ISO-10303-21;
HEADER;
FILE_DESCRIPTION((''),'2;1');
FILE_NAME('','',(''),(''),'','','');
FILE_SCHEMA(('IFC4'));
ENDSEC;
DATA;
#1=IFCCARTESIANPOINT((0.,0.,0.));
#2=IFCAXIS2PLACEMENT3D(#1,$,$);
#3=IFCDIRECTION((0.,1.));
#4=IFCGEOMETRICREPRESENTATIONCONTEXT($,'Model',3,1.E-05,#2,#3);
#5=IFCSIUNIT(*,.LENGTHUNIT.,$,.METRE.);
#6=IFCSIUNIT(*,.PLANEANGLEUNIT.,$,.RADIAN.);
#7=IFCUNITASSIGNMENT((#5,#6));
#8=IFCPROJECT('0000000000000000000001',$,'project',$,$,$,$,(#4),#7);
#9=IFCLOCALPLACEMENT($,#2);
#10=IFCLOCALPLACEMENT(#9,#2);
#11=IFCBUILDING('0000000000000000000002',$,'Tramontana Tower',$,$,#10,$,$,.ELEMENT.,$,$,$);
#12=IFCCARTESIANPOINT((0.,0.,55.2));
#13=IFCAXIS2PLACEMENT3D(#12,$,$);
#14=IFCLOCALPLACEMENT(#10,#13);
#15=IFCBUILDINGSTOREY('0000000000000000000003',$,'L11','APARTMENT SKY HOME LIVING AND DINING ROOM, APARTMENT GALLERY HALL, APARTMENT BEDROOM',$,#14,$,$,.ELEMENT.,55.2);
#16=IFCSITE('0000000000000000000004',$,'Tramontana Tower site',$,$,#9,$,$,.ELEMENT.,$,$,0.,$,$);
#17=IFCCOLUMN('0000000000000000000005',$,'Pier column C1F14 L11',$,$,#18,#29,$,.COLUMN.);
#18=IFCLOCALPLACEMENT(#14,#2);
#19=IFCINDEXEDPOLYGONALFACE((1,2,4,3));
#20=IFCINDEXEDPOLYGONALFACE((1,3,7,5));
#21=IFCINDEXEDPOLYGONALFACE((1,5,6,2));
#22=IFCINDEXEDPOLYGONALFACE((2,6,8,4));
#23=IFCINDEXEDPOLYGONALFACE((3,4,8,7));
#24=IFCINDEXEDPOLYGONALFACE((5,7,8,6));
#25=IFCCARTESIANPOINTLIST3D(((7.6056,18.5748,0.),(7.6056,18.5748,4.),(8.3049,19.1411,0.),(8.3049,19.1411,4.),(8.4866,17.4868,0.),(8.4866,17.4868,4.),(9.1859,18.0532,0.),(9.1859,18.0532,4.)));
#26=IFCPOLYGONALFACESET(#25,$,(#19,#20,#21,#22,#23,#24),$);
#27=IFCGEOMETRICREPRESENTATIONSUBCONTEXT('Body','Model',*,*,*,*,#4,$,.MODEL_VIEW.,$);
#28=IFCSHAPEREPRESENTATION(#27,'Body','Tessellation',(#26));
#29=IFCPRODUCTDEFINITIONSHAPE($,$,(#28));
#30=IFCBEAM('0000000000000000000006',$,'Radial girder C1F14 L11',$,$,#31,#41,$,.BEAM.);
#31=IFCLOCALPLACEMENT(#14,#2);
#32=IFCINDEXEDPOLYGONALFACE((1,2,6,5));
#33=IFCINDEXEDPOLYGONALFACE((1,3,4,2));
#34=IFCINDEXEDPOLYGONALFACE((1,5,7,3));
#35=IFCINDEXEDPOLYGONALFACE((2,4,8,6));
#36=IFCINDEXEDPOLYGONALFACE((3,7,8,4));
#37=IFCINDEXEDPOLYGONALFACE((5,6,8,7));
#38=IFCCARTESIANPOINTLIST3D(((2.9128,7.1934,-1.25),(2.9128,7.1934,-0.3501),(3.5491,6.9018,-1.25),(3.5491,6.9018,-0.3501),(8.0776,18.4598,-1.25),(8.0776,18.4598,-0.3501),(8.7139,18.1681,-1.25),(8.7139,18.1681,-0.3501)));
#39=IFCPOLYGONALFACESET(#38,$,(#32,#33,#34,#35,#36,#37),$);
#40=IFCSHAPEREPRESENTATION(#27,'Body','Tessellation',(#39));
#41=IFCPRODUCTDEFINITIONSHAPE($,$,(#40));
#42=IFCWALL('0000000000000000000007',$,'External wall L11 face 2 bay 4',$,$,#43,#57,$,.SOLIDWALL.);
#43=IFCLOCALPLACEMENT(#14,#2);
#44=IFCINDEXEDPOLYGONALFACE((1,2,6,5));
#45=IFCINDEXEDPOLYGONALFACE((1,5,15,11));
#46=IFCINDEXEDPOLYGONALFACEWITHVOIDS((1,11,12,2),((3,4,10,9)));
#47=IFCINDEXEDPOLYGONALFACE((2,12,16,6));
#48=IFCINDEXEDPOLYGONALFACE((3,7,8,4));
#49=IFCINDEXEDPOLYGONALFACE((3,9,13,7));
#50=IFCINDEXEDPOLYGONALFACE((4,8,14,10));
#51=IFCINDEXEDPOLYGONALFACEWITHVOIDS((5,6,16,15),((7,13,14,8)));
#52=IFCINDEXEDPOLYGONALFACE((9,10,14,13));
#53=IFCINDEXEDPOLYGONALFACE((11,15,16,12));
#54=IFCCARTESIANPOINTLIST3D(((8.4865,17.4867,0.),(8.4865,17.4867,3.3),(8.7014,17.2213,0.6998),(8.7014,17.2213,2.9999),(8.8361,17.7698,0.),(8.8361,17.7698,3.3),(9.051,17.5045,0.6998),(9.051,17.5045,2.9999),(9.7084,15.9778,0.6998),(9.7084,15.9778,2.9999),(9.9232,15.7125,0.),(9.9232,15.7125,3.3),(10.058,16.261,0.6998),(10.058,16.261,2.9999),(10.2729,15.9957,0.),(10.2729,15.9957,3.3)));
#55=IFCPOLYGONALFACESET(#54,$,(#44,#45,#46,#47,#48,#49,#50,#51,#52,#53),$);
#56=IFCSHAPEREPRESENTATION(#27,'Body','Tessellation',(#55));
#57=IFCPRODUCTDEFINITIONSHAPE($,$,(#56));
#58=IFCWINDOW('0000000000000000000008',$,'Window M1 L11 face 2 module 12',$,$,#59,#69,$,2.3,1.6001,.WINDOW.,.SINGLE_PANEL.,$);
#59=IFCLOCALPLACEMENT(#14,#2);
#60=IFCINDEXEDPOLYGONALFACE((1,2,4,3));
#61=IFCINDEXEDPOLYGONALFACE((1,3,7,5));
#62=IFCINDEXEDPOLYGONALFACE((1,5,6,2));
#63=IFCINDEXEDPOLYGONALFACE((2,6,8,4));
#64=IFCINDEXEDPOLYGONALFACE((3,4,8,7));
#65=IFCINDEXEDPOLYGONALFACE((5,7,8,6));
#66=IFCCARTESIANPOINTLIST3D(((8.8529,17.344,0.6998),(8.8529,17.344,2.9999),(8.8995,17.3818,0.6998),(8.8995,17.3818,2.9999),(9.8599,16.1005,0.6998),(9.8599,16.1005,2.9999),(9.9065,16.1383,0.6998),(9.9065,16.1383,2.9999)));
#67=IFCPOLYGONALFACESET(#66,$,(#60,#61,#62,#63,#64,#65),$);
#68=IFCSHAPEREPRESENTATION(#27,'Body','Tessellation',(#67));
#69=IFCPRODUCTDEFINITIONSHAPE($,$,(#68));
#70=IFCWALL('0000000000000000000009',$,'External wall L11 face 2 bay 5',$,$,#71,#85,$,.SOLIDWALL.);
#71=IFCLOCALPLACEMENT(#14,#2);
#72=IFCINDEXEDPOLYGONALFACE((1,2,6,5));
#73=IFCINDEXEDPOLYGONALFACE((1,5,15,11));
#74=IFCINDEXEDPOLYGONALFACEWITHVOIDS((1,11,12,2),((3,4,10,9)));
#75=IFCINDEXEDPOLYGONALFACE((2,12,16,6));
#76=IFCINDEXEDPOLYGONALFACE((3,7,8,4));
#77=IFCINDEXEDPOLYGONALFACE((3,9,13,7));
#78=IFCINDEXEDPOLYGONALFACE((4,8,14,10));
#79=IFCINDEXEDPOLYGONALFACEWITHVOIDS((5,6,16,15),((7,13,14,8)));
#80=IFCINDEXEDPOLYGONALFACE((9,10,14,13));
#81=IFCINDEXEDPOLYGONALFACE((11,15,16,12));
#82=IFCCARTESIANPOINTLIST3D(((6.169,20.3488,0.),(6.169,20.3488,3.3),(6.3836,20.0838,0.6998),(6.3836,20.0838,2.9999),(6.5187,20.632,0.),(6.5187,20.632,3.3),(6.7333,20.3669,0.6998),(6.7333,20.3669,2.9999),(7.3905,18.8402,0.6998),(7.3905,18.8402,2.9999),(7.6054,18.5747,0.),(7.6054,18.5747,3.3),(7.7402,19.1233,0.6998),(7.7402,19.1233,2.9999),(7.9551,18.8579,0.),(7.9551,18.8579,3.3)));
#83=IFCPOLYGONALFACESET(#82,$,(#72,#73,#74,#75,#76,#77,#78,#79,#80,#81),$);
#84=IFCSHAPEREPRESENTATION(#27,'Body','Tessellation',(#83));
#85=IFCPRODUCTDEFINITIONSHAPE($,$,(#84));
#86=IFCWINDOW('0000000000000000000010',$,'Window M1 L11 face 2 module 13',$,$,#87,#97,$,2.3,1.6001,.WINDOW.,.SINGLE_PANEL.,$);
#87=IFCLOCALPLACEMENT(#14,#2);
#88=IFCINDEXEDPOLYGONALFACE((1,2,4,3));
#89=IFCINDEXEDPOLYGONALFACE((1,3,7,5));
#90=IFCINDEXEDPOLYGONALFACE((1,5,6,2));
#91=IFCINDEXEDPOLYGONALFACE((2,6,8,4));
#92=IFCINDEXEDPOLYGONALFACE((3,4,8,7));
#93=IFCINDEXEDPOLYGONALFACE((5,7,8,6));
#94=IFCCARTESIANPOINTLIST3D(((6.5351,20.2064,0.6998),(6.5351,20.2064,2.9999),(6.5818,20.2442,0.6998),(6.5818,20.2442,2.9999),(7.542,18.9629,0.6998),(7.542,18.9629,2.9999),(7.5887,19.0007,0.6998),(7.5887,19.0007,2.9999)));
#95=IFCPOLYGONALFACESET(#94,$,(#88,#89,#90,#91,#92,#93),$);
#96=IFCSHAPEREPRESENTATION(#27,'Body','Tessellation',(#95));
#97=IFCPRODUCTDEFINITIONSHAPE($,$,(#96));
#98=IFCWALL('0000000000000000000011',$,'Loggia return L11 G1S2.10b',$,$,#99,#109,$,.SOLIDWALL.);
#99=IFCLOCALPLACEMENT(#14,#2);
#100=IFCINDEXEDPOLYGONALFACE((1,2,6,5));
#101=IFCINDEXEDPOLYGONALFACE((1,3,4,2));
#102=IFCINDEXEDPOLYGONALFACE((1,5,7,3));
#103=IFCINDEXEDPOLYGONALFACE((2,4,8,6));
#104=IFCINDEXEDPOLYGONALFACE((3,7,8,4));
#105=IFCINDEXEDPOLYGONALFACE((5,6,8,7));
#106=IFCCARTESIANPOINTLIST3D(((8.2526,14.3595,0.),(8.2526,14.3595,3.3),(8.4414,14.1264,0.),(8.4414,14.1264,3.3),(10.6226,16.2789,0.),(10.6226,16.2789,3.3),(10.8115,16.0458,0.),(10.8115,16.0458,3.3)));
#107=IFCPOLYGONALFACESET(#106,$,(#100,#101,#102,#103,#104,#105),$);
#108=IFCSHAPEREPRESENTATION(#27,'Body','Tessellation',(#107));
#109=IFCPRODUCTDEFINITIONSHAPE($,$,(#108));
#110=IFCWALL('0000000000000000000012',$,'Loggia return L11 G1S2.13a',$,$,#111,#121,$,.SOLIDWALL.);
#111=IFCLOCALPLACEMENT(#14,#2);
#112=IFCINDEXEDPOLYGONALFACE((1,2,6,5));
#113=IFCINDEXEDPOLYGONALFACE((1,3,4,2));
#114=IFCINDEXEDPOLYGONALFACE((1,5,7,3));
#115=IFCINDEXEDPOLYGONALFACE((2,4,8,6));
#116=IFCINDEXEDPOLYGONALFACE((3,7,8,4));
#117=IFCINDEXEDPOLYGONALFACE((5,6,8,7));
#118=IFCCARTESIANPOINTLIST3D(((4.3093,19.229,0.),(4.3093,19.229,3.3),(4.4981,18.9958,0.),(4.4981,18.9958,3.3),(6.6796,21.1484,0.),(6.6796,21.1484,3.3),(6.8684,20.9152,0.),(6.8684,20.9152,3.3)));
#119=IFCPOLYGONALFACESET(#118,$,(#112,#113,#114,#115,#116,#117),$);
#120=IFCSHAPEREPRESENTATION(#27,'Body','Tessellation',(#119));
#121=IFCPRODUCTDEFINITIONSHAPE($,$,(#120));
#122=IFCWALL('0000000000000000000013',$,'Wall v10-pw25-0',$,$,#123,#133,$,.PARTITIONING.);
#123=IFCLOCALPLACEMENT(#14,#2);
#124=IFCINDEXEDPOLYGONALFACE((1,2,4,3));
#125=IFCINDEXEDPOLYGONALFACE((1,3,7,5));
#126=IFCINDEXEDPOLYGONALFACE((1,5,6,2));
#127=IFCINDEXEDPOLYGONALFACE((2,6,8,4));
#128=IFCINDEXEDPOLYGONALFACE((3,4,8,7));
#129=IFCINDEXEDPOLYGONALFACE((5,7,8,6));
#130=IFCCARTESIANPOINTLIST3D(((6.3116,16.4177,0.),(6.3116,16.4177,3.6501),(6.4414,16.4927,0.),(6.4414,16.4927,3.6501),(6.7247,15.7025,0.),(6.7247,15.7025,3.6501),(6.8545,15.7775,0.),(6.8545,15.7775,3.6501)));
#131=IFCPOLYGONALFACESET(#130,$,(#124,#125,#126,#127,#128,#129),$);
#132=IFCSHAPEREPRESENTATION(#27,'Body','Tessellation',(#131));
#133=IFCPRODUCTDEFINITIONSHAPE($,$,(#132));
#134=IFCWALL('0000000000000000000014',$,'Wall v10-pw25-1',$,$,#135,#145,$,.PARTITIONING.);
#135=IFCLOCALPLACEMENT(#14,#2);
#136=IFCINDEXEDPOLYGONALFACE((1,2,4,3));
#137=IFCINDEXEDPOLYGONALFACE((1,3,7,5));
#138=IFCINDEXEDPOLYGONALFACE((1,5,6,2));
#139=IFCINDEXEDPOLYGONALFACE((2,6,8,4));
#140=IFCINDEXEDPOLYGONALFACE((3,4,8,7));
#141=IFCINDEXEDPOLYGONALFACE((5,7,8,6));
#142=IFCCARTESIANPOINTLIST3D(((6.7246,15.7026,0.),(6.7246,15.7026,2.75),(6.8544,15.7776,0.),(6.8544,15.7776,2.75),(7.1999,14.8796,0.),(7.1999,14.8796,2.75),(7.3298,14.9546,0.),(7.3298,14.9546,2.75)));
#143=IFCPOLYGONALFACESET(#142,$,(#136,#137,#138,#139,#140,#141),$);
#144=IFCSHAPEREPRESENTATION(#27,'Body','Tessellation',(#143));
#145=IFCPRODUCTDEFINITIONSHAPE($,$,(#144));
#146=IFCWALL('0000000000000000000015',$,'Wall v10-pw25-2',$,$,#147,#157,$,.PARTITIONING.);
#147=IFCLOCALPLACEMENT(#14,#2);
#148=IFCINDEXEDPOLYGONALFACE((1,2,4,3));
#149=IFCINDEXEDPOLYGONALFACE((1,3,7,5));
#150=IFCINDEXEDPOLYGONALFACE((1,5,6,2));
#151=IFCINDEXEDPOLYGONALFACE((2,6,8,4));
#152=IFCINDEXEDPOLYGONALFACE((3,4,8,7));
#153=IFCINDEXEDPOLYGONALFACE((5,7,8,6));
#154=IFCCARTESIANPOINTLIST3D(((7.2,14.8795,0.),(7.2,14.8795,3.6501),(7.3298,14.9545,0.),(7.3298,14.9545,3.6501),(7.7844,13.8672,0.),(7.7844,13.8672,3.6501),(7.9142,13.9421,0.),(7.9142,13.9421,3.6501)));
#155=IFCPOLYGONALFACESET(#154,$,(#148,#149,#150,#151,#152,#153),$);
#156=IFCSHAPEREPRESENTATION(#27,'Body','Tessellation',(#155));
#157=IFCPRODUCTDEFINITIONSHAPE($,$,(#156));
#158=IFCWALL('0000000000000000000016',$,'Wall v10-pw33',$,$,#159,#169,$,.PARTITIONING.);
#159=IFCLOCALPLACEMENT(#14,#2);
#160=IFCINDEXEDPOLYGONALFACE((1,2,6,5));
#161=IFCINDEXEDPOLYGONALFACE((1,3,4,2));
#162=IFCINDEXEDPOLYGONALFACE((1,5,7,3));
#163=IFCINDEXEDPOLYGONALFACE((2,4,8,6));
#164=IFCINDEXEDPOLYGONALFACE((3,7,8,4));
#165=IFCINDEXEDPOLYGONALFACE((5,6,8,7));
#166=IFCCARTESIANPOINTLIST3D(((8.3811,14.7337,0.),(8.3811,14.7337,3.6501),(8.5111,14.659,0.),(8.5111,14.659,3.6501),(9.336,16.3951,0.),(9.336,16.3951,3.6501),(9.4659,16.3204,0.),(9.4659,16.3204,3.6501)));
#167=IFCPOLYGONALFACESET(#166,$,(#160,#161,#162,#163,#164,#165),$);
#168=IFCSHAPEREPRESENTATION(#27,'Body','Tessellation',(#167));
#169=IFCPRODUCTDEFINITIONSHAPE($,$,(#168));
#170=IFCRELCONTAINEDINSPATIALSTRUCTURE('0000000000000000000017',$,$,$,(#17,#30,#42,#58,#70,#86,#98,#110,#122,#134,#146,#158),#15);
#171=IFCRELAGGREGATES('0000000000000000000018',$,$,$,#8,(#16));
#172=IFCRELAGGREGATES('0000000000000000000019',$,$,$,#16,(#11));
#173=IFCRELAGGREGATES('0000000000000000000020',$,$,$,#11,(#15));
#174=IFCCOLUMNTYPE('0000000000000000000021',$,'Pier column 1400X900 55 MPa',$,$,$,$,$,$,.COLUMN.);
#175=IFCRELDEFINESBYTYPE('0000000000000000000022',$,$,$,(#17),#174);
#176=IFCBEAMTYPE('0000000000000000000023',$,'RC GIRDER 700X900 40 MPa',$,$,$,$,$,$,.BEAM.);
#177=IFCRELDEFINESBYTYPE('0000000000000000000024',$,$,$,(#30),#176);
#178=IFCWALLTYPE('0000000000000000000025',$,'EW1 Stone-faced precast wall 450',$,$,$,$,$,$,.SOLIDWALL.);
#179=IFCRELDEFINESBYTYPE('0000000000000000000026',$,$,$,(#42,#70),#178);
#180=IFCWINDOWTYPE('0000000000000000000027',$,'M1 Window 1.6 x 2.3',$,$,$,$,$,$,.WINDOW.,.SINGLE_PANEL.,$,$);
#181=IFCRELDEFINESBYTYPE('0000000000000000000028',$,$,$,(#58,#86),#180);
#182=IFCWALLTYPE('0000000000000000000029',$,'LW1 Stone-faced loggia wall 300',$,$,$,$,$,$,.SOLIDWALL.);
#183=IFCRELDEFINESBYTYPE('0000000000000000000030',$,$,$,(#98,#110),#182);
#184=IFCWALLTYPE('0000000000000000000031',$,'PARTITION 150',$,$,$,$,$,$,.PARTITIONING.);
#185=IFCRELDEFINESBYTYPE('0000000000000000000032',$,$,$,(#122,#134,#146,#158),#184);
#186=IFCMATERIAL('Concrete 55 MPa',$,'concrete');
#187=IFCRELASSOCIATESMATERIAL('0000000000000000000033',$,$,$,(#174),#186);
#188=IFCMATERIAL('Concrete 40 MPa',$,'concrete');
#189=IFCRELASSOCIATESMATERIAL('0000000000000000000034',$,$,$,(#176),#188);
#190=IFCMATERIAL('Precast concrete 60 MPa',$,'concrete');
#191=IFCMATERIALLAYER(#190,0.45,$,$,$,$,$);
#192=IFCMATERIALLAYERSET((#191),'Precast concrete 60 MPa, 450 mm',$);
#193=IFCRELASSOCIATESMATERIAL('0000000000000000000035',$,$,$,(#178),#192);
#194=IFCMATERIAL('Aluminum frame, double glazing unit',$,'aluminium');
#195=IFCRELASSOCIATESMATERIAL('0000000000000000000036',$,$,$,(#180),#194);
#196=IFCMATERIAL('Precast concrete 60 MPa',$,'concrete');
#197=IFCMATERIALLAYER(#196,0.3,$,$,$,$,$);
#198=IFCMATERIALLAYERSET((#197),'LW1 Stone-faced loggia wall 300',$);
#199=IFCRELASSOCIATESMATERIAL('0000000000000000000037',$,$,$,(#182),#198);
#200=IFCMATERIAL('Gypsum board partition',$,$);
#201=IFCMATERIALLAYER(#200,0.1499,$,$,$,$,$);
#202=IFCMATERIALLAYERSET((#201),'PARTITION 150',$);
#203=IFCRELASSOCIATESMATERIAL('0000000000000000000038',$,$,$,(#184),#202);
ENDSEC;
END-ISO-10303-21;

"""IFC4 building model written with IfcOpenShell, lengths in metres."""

from ifc_helpers import new_model, si_unit, direction, frame, frame_2d, origin, origin_2d, place, context, subcontext, project, spatial, rectangle, extrude, material, layer, layer_set, material_profile, profile_set, type_object, element, fill, save


model = new_model("IFC4")

# Units and contexts
model_context = context("Model", 3, precision=1e-05, world=origin(), true_north=direction((0.0, 1.0)))
body_context = subcontext(model_context, "Body", "Model", "MODEL_VIEW")
ifc_project = project(units=[si_unit("LENGTHUNIT", "METRE"), si_unit("PLANEANGLEUNIT", "RADIAN")], contexts=[model_context])

# Site, building, storey
site_placement = place(None, origin())
site = spatial("IfcSite", under=ifc_project, at=site_placement, Name="Tramontana Tower site", CompositionType="ELEMENT", RefElevation=0.0)
building_placement = place(site_placement, origin())
building = spatial("IfcBuilding", under=site, at=building_placement, Name="Tramontana Tower", CompositionType="ELEMENT")
storey_placement = place(building_placement, frame((0.0, 0.0, 55.2)))
storey = spatial("IfcBuildingStorey", under=building, at=storey_placement, Name="L11", Description="APARTMENT SKY HOME LIVING AND DINING ROOM, APARTMENT GALLERY HALL, APARTMENT BEDROOM", CompositionType="ELEMENT", Elevation=55.2)

# Column
ifc_material_1 = material(Name="Concrete 55 MPa", Category="concrete")
ifc_material_profile_1 = material_profile(ifc_material_1, rectangle(XDim=1.3999, YDim=0.8999, at=origin_2d()), Name="Pier column 1400X900 55 MPa")
ifc_profile_set_1 = profile_set([ifc_material_profile_1], Name="Concrete 55 MPa")
column_type = type_object("IfcColumnType", Name="Pier column 1400X900 55 MPa", PredefinedType="COLUMN", material=ifc_profile_set_1)
column_placement = place(storey_placement, frame((8.3958, 18.314, 0.0), z_axis=(0.0, 0.0, 1.0), x_axis=(-0.62932, 0.777146, 0.0)))
element("IfcColumn", 1, at=column_placement, inside=storey, type_object=column_type, Name="Pier column C1F14 L11", PredefinedType="COLUMN", context=body_context, shape_type="SweptSolid", body=[
    extrude(rectangle(XDim=1.3999, YDim=0.8999, at=origin_2d()), origin(), (0.0, 0.0, 1.0), 4.0),
])

# Beam
ifc_material_2 = material(Name="Concrete 40 MPa", Category="concrete")
ifc_material_profile_2 = material_profile(ifc_material_2, rectangle(XDim=0.7, YDim=0.8999, at=origin_2d()), Name="RC GIRDER 700X900 40 MPa")
ifc_profile_set_2 = profile_set([ifc_material_profile_2], Name="Concrete 40 MPa")
beam_type = type_object("IfcBeamType", Name="RC GIRDER 700X900 40 MPa", PredefinedType="BEAM", material=ifc_profile_set_2)
beam_placement = place(storey_placement, frame((8.3958, 18.314, -0.8), z_axis=(-0.416725, -0.909033, 0.0), x_axis=(0.909033, -0.416725, 0.0)))
element("IfcBeam", 2, at=beam_placement, inside=storey, type_object=beam_type, Name="Radial girder C1F14 L11", PredefinedType="BEAM", context=body_context, shape_type="SweptSolid", body=[
    extrude(rectangle(XDim=0.7, YDim=0.8999, at=origin_2d()), origin(), (0.0, 0.0, 1.0), 12.3938),
])

# Walls, openings, windows
ifc_material_3 = material(Name="Precast concrete 60 MPa", Category="concrete")
ifc_layer_1 = layer(ifc_material_3, 0.45)
ifc_layer_set_1 = layer_set([ifc_layer_1], Name="Precast concrete 60 MPa, 450 mm")
wall_type_1 = type_object("IfcWallType", Name="EW1 Stone-faced precast wall 450", PredefinedType="SOLIDWALL", material=ifc_layer_set_1)
wall_1_placement = place(storey_placement, frame((10.0981, 15.854, 0.0), z_axis=(0.0, 0.0, 1.0), x_axis=(-0.62934, 0.77713, 0.0)))
wall_1 = element("IfcWall", 3, at=wall_1_placement, inside=storey, type_object=wall_type_1, Name="External wall L11 face 2 bay 4", PredefinedType="SOLIDWALL", context=body_context, shape_type="SweptSolid", body=[
    extrude(rectangle(XDim=2.283, YDim=0.45, at=frame_2d((1.1416, 0.0))), origin(), (0.0, 0.0, 1.0), 3.3),
])
opening_1_placement = place(wall_1_placement, frame((0.3416, 0.0, 0.7)))
opening_1 = element("IfcOpeningElement", 4, at=opening_1_placement, cuts=wall_1, PredefinedType="OPENING", context=body_context, shape_type="SweptSolid", body=[
    extrude(rectangle(XDim=1.6001, YDim=2.3, at=frame_2d((0.8, 1.1499))), frame((0.0, 0.2349, 0.0), z_axis=(0.0, -1.0, 0.0), x_axis=(1.0, 0.0, 0.0)), (0.0, 0.0, 1.0), 0.47),
])
ifc_material_4 = material(Name="Aluminum frame, double glazing unit", Category="aluminium")
window_type = type_object("IfcWindowType", Name="M1 Window 1.6 x 2.3", PartitioningType="SINGLE_PANEL", PredefinedType="WINDOW", material=ifc_material_4)
window_1_placement = place(opening_1_placement, origin())
window_1 = element("IfcWindow", 5, at=window_1_placement, inside=storey, type_object=window_type, Name="Window M1 L11 face 2 module 12", OverallHeight=2.3, OverallWidth=1.6001, PartitioningType="SINGLE_PANEL", PredefinedType="WINDOW", context=body_context, shape_type="SweptSolid", body=[
    extrude(rectangle(XDim=1.6001, YDim=2.3, at=frame_2d((0.8, 1.1499))), frame((0.0, 0.03, 0.0), z_axis=(0.0, -1.0, 0.0), x_axis=(1.0, 0.0, 0.0)), (0.0, 0.0, 1.0), 0.0601),
])
fill(opening_1, window_1)
wall_2_placement = place(storey_placement, frame((7.7803, 18.7163, 0.0), z_axis=(0.0, 0.0, 1.0), x_axis=(-0.629275, 0.777183, 0.0)))
wall_2 = element("IfcWall", 6, at=wall_2_placement, inside=storey, type_object=wall_type_1, Name="External wall L11 face 2 bay 5", PredefinedType="SOLIDWALL", context=body_context, shape_type="SweptSolid", body=[
    extrude(rectangle(XDim=2.2827, YDim=0.45, at=frame_2d((1.1414, 0.0))), origin(), (0.0, 0.0, 1.0), 3.3),
])
opening_2_placement = place(wall_2_placement, frame((0.3416, 0.0, 0.7)))
opening_2 = element("IfcOpeningElement", 7, at=opening_2_placement, cuts=wall_2, PredefinedType="OPENING", context=body_context, shape_type="SweptSolid", body=[
    extrude(rectangle(XDim=1.6001, YDim=2.3, at=frame_2d((0.8, 1.1499))), frame((0.0, 0.2349, 0.0), z_axis=(0.0, -1.0, 0.0), x_axis=(1.0, 0.0, 0.0)), (0.0, 0.0, 1.0), 0.47),
])
window_2_placement = place(opening_2_placement, origin())
window_2 = element("IfcWindow", 8, at=window_2_placement, inside=storey, type_object=window_type, Name="Window M1 L11 face 2 module 13", OverallHeight=2.3, OverallWidth=1.6001, PartitioningType="SINGLE_PANEL", PredefinedType="WINDOW", context=body_context, shape_type="SweptSolid", body=[
    extrude(rectangle(XDim=1.6001, YDim=2.3, at=frame_2d((0.8, 1.1499))), frame((0.0, 0.03, 0.0), z_axis=(0.0, -1.0, 0.0), x_axis=(1.0, 0.0, 0.0)), (0.0, 0.0, 1.0), 0.0601),
])
fill(opening_2, window_2)

# Walls
ifc_material_5 = material(Name="Precast concrete 60 MPa", Category="concrete")
ifc_layer_2 = layer(ifc_material_5, 0.3)
ifc_layer_set_2 = layer_set([ifc_layer_2], Name="LW1 Stone-faced loggia wall 300")
wall_type_2 = type_object("IfcWallType", Name="LW1 Stone-faced loggia wall 300", PredefinedType="SOLIDWALL", material=ifc_layer_set_2)
wall_3_placement = place(storey_placement, frame((10.717, 16.1624, 0.0), z_axis=(0.0, 0.0, 1.0), x_axis=(-0.777122, -0.62935, 0.0)))
element("IfcWall", 9, at=wall_3_placement, inside=storey, type_object=wall_type_2, Name="Loggia return L11 G1S2.10b", PredefinedType="SOLIDWALL", context=body_context, shape_type="SweptSolid", body=[
    extrude(rectangle(XDim=3.0498, YDim=0.3, at=frame_2d((1.5249, 0.0))), origin(), (0.0, 0.0, 1.0), 3.3),
])
wall_4_placement = place(storey_placement, frame((6.7739, 21.0317, 0.0), z_axis=(0.0, 0.0, 1.0), x_axis=(-0.777154, -0.629311, 0.0)))
element("IfcWall", 10, at=wall_4_placement, inside=storey, type_object=wall_type_2, Name="Loggia return L11 G1S2.13a", PredefinedType="SOLIDWALL", context=body_context, shape_type="SweptSolid", body=[
    extrude(rectangle(XDim=3.05, YDim=0.3, at=frame_2d((1.5249, 0.0))), origin(), (0.0, 0.0, 1.0), 3.3),
])

# Shared definitions
ifc_material_6 = material(Name="Gypsum board partition")
ifc_layer_3 = layer(ifc_material_6, 0.1499)
ifc_layer_set_3 = layer_set([ifc_layer_3], Name="PARTITION 150")
wall_type_3 = type_object("IfcWallType", Name="PARTITION 150", PredefinedType="PARTITIONING", material=ifc_layer_set_3)

# Walls
wall_5_placement = place(storey_placement, frame((6.3765, 16.4553, 0.0), z_axis=(0.0, 0.0, 1.0), x_axis=(0.500081, -0.865979, 0.0)))
element("IfcWall", 11, at=wall_5_placement, inside=storey, type_object=wall_type_3, Name="Wall v10-pw25-0", PredefinedType="PARTITIONING", context=body_context, shape_type="SweptSolid", body=[
    extrude(rectangle(XDim=0.8259, YDim=0.1499, at=frame_2d((0.4131, 0.0))), origin(), (0.0, 0.0, 1.0), 3.6501),
])
wall_6_placement = place(storey_placement, frame((6.7896, 15.74, 0.0), z_axis=(0.0, 0.0, 1.0), x_axis=(0.500145, -0.865942, 0.0)))
element("IfcWall", 12, at=wall_6_placement, inside=storey, type_object=wall_type_3, Name="Wall v10-pw25-1", PredefinedType="PARTITIONING", context=body_context, shape_type="SweptSolid", body=[
    extrude(rectangle(XDim=0.9504, YDim=0.1499, at=frame_2d((0.4751, 0.0))), origin(), (0.0, 0.0, 1.0), 2.75),
])
wall_7_placement = place(storey_placement, frame((7.2649, 14.917, 0.0), z_axis=(0.0, 0.0, 1.0), x_axis=(0.499957, -0.86605, 0.0)))
element("IfcWall", 13, at=wall_7_placement, inside=storey, type_object=wall_type_3, Name="Wall v10-pw25-2", PredefinedType="PARTITIONING", context=body_context, shape_type="SweptSolid", body=[
    extrude(rectangle(XDim=1.1689, YDim=0.1499, at=frame_2d((0.5845, 0.0))), origin(), (0.0, 0.0, 1.0), 3.6501),
])
wall_8_placement = place(storey_placement, frame((9.4009, 16.3577, 0.0), z_axis=(0.0, 0.0, 1.0), x_axis=(-0.498292, -0.86701, 0.0)))
element("IfcWall", 14, at=wall_8_placement, inside=storey, type_object=wall_type_3, Name="Wall v10-pw33", PredefinedType="PARTITIONING", context=body_context, shape_type="SweptSolid", body=[
    extrude(rectangle(XDim=1.9163, YDim=0.1499, at=frame_2d((0.958, 0.0))), origin(), (0.0, 0.0, 1.0), 3.6501),
])

save(model, "model.ifc")
